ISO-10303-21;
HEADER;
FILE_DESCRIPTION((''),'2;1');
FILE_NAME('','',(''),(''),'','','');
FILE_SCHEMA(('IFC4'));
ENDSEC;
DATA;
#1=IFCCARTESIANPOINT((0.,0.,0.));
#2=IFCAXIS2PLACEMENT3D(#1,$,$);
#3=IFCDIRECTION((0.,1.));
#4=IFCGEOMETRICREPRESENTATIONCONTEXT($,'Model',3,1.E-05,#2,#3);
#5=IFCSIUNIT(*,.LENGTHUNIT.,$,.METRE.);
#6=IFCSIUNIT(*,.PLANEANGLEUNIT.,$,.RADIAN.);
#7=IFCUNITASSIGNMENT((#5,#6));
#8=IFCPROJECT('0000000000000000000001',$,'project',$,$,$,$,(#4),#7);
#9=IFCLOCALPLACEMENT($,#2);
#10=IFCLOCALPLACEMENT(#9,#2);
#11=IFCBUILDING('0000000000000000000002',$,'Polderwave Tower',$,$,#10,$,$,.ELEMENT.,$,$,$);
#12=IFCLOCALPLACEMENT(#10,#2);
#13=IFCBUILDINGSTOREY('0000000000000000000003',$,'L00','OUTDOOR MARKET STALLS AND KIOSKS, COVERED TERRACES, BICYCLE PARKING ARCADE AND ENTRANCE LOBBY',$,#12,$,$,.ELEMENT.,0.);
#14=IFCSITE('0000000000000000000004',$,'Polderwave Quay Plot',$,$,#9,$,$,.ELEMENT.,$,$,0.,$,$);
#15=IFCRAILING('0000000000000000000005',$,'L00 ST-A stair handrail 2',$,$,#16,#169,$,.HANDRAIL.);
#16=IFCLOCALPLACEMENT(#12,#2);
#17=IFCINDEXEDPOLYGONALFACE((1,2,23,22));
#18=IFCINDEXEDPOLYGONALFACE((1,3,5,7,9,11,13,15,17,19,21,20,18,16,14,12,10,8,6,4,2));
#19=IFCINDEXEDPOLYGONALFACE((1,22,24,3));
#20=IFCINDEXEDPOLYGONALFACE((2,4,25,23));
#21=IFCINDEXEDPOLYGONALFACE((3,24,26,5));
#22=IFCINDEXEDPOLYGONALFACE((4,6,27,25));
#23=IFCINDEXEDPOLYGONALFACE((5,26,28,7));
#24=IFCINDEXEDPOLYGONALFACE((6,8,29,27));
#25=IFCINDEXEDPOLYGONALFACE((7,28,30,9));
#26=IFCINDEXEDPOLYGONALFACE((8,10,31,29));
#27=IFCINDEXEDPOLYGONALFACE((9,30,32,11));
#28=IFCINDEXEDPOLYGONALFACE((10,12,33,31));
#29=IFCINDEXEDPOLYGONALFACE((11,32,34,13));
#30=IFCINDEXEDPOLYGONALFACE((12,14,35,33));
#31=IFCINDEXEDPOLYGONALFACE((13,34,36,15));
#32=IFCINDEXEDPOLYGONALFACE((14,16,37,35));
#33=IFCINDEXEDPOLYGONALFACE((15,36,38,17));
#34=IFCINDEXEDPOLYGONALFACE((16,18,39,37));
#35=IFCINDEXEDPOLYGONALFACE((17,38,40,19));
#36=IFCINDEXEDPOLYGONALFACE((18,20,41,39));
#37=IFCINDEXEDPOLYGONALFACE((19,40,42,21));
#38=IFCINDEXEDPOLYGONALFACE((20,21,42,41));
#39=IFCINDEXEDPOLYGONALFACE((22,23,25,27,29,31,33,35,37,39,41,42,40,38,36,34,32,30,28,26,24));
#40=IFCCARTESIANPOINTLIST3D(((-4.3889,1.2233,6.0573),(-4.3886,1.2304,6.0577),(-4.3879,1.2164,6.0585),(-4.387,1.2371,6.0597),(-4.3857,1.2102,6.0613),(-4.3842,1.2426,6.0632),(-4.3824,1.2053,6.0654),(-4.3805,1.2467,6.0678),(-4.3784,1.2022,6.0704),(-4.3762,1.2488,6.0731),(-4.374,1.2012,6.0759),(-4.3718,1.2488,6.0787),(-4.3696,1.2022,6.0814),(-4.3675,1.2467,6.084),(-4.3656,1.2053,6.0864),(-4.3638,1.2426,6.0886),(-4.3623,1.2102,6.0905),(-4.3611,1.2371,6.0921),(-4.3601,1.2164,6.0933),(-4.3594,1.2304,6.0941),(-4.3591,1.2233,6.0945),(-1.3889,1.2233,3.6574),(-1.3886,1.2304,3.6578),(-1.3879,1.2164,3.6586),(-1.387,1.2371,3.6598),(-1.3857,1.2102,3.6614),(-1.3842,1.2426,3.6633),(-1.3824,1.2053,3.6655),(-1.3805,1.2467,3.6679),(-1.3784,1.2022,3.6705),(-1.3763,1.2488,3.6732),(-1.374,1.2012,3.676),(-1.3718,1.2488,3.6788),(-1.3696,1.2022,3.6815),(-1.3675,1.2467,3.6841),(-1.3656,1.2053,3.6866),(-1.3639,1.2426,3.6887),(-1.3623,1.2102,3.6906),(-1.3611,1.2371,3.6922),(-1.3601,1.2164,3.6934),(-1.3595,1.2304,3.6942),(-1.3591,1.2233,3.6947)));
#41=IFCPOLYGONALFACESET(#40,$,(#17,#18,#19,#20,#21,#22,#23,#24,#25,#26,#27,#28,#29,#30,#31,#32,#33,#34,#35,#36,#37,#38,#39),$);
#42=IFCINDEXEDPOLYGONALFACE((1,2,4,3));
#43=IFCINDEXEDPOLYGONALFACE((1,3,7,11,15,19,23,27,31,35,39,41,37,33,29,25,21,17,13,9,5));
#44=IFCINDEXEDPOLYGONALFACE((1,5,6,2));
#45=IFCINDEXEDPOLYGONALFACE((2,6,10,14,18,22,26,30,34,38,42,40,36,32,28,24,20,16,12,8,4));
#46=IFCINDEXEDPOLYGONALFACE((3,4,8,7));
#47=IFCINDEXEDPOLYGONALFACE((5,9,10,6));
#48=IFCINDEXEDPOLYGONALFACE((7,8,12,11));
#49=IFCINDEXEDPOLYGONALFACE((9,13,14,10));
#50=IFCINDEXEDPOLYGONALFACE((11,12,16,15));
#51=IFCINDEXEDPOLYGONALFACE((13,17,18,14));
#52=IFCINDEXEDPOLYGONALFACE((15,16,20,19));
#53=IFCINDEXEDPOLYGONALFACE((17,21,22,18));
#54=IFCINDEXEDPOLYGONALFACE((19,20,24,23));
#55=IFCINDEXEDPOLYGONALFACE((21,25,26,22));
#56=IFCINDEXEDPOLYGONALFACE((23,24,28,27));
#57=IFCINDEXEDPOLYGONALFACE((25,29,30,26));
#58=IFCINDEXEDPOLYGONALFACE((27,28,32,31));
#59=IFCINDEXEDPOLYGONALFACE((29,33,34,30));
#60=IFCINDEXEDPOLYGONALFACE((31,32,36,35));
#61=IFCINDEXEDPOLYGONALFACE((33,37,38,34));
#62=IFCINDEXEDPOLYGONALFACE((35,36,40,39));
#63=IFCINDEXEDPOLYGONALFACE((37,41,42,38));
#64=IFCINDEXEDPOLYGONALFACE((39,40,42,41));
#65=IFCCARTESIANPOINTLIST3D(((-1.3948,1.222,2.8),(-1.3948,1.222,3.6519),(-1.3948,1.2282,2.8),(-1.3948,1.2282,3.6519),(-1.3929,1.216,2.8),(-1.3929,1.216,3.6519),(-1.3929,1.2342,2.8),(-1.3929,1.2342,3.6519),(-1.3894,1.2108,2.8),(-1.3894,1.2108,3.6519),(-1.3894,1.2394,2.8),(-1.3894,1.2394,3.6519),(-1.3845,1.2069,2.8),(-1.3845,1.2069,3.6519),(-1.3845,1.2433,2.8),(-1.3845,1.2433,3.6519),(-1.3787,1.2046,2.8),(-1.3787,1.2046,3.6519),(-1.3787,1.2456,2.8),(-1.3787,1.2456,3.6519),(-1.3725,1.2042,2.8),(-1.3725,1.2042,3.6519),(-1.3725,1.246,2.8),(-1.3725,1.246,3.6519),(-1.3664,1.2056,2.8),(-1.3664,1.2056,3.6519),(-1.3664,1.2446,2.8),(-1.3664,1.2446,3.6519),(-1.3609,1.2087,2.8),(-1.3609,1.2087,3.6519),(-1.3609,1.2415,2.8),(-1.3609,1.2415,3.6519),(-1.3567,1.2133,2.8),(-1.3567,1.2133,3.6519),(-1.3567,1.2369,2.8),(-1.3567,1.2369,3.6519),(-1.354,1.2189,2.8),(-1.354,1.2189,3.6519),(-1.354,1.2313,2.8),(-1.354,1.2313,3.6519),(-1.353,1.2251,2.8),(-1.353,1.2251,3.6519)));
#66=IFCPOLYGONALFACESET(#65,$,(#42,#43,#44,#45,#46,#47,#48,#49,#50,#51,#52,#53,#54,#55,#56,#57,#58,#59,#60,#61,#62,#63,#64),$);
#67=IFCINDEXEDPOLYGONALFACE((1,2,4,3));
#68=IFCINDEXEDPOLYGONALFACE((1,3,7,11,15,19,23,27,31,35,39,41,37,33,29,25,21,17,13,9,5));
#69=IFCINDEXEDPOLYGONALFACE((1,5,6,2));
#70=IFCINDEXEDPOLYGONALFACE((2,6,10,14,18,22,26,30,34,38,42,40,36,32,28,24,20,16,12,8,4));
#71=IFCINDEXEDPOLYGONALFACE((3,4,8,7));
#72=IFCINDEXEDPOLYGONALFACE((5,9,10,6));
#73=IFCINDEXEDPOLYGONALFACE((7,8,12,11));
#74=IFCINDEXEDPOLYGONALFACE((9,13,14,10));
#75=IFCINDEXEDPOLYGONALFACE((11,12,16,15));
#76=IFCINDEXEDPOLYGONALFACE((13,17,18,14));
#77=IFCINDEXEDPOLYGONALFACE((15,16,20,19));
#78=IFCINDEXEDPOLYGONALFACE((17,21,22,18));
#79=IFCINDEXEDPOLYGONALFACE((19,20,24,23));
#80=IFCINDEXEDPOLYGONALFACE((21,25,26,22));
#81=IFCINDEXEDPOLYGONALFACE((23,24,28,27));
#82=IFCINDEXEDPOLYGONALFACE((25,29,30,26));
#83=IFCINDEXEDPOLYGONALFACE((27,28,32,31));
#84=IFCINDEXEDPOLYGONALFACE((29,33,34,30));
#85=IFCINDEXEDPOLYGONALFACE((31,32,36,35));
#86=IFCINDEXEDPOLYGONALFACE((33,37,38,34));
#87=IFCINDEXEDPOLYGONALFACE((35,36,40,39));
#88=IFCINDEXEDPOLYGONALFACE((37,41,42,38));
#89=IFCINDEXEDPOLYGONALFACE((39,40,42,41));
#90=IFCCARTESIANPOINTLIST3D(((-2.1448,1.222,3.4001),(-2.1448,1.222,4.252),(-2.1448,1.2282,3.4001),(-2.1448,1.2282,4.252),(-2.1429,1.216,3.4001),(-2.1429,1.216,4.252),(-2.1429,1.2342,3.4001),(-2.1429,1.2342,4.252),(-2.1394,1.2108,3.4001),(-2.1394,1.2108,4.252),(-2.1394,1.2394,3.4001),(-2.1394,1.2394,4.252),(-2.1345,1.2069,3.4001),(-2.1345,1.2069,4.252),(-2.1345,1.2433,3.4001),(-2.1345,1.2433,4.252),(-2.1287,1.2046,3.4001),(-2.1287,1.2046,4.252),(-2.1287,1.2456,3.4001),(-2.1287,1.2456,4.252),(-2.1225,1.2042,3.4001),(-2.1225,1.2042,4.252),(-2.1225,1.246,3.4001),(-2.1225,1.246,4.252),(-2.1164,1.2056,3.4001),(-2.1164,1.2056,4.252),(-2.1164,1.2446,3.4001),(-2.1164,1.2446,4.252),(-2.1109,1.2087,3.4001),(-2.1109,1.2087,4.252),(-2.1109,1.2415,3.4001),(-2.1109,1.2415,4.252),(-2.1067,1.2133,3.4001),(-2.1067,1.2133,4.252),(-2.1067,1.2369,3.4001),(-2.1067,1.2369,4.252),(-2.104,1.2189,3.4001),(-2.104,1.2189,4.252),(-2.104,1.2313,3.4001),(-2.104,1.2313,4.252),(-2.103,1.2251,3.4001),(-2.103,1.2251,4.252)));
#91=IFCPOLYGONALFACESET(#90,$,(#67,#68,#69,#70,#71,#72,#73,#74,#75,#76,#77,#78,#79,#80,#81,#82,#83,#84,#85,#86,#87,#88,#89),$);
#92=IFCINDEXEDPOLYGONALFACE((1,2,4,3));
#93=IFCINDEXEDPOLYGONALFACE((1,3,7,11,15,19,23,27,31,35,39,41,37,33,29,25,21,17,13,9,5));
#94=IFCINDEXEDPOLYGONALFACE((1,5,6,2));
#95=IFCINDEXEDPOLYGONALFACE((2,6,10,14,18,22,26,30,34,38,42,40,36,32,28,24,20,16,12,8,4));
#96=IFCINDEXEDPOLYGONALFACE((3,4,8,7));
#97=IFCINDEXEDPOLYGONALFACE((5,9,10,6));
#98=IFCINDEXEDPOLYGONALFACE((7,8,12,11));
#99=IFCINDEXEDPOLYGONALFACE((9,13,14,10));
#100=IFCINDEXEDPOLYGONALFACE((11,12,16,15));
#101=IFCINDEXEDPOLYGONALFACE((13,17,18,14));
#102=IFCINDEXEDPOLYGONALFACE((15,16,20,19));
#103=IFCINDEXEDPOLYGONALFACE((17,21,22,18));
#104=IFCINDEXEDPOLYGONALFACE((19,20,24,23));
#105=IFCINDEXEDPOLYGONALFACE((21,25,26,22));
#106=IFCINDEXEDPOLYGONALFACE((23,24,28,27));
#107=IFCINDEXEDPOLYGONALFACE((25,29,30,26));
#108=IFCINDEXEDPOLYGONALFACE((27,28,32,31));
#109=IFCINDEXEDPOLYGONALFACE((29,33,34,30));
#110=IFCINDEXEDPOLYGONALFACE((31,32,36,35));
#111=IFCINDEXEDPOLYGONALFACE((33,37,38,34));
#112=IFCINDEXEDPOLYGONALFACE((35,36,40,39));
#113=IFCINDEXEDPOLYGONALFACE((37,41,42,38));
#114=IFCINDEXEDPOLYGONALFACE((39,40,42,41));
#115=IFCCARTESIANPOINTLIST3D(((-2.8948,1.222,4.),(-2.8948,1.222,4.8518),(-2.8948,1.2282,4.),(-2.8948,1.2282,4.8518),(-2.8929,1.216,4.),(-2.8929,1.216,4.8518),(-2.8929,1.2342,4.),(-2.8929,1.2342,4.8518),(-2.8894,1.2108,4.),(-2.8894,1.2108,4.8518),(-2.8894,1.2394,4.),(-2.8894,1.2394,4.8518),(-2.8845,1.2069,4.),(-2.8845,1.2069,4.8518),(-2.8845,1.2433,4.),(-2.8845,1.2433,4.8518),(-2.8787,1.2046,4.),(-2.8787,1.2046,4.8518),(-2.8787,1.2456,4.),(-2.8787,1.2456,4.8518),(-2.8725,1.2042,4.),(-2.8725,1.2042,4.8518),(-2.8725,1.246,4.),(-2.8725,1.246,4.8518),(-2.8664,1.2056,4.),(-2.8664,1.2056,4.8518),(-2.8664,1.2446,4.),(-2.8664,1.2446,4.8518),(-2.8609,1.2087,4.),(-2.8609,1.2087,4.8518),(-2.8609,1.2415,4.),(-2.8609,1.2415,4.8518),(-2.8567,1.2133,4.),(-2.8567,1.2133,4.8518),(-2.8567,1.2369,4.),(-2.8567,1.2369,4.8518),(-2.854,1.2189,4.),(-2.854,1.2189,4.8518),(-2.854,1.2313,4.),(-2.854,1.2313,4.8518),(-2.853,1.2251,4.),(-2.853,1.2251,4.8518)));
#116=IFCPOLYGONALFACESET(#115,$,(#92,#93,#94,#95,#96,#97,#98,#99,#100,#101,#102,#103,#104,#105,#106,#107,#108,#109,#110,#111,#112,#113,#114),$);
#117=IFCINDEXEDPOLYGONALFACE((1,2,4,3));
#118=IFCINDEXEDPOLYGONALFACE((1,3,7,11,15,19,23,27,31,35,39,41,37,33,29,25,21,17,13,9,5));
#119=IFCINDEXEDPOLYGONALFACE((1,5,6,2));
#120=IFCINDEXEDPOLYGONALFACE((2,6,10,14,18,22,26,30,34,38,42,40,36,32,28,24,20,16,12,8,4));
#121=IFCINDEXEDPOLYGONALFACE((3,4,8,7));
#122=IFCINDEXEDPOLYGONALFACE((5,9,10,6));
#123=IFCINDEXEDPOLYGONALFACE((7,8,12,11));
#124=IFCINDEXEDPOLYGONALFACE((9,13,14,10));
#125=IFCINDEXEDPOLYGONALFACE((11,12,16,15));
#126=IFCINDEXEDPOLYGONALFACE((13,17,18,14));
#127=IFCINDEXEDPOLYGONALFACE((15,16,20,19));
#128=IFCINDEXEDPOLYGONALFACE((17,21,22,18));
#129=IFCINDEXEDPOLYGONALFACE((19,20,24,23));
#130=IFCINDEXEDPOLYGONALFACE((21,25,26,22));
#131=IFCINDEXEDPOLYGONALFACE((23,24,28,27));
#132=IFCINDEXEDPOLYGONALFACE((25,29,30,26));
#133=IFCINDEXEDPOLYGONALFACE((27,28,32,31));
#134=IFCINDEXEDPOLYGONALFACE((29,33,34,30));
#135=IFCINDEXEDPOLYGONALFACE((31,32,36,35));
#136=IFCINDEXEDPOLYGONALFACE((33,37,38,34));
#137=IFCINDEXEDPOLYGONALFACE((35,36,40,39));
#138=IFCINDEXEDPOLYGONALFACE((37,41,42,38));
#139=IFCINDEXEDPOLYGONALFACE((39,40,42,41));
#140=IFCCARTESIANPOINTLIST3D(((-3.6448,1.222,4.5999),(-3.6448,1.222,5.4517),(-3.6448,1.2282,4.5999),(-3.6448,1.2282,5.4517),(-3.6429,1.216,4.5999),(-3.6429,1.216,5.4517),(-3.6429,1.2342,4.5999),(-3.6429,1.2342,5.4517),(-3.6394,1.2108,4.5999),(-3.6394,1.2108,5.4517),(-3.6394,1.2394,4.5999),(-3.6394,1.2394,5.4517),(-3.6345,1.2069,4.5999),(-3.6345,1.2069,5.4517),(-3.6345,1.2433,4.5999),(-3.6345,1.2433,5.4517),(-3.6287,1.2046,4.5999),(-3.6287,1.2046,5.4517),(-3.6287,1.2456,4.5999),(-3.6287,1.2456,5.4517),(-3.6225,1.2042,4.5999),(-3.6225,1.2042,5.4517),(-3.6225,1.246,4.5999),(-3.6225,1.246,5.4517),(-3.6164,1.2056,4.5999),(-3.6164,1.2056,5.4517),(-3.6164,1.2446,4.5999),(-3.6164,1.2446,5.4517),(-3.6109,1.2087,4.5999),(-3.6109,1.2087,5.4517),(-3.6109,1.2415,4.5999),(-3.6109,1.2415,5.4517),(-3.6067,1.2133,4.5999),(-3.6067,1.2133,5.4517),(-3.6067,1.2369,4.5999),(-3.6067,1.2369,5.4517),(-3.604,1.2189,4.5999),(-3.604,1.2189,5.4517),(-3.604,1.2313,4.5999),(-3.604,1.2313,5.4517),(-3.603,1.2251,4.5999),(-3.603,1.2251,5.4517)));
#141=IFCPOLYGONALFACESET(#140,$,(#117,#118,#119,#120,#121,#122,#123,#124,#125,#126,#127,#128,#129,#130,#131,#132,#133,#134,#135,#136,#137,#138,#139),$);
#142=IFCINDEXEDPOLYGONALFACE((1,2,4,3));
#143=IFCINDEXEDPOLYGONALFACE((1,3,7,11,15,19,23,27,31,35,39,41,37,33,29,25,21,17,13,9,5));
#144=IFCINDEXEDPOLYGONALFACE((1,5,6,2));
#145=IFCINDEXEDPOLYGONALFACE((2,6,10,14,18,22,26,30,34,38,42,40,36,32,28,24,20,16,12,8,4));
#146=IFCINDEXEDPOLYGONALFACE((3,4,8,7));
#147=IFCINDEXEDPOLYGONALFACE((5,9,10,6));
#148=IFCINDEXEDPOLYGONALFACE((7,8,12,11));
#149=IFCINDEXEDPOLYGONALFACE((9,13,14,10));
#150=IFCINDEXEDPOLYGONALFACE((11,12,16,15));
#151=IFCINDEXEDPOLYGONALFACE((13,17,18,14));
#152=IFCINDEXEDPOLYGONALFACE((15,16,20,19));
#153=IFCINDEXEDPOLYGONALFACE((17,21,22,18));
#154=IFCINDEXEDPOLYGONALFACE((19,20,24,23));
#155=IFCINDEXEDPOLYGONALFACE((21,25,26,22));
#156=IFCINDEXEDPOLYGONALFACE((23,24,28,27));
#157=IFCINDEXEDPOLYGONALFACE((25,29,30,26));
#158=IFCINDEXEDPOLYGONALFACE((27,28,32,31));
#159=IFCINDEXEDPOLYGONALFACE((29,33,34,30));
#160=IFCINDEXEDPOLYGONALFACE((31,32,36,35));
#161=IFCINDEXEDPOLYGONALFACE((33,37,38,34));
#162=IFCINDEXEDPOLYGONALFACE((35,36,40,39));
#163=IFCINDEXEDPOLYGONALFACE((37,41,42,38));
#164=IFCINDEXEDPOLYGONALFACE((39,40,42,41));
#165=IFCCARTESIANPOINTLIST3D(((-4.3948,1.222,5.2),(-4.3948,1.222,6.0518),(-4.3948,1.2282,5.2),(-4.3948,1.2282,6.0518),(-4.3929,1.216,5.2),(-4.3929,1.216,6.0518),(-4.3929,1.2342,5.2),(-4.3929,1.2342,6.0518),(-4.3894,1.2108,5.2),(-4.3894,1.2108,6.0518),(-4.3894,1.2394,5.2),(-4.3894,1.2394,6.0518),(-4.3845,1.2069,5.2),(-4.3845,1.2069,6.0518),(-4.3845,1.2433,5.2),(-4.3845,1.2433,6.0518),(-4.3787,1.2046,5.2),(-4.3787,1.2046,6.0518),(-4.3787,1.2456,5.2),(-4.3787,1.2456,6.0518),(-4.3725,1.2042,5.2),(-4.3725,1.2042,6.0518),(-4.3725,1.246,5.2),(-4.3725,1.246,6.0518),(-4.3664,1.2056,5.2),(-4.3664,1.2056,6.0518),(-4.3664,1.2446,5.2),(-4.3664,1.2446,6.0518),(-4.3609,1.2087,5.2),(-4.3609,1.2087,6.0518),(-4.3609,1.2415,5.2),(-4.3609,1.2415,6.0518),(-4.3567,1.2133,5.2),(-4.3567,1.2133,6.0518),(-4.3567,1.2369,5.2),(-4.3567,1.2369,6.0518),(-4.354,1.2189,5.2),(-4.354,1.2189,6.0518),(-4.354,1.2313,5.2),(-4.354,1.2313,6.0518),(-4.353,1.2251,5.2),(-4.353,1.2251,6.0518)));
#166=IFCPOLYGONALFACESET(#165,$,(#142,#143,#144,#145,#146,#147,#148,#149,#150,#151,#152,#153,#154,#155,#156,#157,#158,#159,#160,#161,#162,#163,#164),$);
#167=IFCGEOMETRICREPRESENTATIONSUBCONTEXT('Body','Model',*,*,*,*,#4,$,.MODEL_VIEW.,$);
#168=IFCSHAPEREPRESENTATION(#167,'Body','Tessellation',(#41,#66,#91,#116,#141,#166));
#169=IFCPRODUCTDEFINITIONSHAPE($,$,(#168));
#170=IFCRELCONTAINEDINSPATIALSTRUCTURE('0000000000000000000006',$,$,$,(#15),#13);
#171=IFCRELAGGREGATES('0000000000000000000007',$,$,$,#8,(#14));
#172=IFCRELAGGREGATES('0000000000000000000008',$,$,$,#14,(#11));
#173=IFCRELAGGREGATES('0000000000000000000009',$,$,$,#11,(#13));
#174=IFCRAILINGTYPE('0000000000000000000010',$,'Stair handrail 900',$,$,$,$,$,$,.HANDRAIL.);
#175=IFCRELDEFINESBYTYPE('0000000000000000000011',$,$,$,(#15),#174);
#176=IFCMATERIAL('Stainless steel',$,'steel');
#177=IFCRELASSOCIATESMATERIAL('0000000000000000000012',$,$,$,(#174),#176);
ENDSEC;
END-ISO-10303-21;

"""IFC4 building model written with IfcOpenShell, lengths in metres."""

from ifc_helpers import new_model, si_unit, direction, frame, origin, origin_2d, place, context, subcontext, project, spatial, circle, extrude, material, type_object, element, save


model = new_model("IFC4")

# Units and contexts
model_context = context("Model", 3, precision=1e-05, world=origin(), true_north=direction((0.0, 1.0)))
body_context = subcontext(model_context, "Body", "Model", "MODEL_VIEW")
ifc_project = project(units=[si_unit("LENGTHUNIT", "METRE"), si_unit("PLANEANGLEUNIT", "RADIAN")], contexts=[model_context])

# Site, building, storey
site_placement = place(None, origin())
site = spatial("IfcSite", under=ifc_project, at=site_placement, Name="Polderwave Quay Plot", CompositionType="ELEMENT", RefElevation=0.0)
building_placement = place(site_placement, origin())
building = spatial("IfcBuilding", under=site, at=building_placement, Name="Polderwave Tower", CompositionType="ELEMENT")
storey_placement = place(building_placement, origin())
storey = spatial("IfcBuildingStorey", under=building, at=storey_placement, Name="L00", Description="OUTDOOR MARKET STALLS AND KIOSKS, COVERED TERRACES, BICYCLE PARKING ARCADE AND ENTRANCE LOBBY", CompositionType="ELEMENT", Elevation=0.0)

# Railing
ifc_material_1 = material(Name="Stainless steel", Category="steel")
railing_type_1 = type_object("IfcRailingType", Name="Stair handrail 900", PredefinedType="HANDRAIL", material=ifc_material_1)
railing_1_placement = place(storey_placement, frame((-1.374, 1.2251, 2.8)))
element("IfcRailing", 1, at=railing_1_placement, inside=storey, type_object=railing_type_1, Name="L00 ST-A stair handrail 2", PredefinedType="HANDRAIL", context=body_context, shape_type="SweptSolid", body=[
    extrude(circle(Radius=0.0239, at=origin_2d()), frame((0.0, 0.0, 0.876), z_axis=(-0.780881, 0.0, 0.62468), x_axis=(0.0, -1.0, 0.0)), (0.0, 0.0, 1.0), 3.8418),
    extrude(circle(Radius=0.021, at=origin_2d()), origin(), (0.0, 0.0, 1.0), 0.8518),
    extrude(circle(Radius=0.021, at=origin_2d()), frame((-0.75, 0.0, 0.6001)), (0.0, 0.0, 1.0), 0.8518),
    extrude(circle(Radius=0.021, at=origin_2d()), frame((-1.5, 0.0, 1.2)), (0.0, 0.0, 1.0), 0.8518),
    extrude(circle(Radius=0.021, at=origin_2d()), frame((-2.25, 0.0, 1.7998)), (0.0, 0.0, 1.0), 0.8518),
    extrude(circle(Radius=0.021, at=origin_2d()), frame((-3.0, 0.0, 2.3999)), (0.0, 0.0, 1.0), 0.8518),
])

save(model, "model.ifc")
